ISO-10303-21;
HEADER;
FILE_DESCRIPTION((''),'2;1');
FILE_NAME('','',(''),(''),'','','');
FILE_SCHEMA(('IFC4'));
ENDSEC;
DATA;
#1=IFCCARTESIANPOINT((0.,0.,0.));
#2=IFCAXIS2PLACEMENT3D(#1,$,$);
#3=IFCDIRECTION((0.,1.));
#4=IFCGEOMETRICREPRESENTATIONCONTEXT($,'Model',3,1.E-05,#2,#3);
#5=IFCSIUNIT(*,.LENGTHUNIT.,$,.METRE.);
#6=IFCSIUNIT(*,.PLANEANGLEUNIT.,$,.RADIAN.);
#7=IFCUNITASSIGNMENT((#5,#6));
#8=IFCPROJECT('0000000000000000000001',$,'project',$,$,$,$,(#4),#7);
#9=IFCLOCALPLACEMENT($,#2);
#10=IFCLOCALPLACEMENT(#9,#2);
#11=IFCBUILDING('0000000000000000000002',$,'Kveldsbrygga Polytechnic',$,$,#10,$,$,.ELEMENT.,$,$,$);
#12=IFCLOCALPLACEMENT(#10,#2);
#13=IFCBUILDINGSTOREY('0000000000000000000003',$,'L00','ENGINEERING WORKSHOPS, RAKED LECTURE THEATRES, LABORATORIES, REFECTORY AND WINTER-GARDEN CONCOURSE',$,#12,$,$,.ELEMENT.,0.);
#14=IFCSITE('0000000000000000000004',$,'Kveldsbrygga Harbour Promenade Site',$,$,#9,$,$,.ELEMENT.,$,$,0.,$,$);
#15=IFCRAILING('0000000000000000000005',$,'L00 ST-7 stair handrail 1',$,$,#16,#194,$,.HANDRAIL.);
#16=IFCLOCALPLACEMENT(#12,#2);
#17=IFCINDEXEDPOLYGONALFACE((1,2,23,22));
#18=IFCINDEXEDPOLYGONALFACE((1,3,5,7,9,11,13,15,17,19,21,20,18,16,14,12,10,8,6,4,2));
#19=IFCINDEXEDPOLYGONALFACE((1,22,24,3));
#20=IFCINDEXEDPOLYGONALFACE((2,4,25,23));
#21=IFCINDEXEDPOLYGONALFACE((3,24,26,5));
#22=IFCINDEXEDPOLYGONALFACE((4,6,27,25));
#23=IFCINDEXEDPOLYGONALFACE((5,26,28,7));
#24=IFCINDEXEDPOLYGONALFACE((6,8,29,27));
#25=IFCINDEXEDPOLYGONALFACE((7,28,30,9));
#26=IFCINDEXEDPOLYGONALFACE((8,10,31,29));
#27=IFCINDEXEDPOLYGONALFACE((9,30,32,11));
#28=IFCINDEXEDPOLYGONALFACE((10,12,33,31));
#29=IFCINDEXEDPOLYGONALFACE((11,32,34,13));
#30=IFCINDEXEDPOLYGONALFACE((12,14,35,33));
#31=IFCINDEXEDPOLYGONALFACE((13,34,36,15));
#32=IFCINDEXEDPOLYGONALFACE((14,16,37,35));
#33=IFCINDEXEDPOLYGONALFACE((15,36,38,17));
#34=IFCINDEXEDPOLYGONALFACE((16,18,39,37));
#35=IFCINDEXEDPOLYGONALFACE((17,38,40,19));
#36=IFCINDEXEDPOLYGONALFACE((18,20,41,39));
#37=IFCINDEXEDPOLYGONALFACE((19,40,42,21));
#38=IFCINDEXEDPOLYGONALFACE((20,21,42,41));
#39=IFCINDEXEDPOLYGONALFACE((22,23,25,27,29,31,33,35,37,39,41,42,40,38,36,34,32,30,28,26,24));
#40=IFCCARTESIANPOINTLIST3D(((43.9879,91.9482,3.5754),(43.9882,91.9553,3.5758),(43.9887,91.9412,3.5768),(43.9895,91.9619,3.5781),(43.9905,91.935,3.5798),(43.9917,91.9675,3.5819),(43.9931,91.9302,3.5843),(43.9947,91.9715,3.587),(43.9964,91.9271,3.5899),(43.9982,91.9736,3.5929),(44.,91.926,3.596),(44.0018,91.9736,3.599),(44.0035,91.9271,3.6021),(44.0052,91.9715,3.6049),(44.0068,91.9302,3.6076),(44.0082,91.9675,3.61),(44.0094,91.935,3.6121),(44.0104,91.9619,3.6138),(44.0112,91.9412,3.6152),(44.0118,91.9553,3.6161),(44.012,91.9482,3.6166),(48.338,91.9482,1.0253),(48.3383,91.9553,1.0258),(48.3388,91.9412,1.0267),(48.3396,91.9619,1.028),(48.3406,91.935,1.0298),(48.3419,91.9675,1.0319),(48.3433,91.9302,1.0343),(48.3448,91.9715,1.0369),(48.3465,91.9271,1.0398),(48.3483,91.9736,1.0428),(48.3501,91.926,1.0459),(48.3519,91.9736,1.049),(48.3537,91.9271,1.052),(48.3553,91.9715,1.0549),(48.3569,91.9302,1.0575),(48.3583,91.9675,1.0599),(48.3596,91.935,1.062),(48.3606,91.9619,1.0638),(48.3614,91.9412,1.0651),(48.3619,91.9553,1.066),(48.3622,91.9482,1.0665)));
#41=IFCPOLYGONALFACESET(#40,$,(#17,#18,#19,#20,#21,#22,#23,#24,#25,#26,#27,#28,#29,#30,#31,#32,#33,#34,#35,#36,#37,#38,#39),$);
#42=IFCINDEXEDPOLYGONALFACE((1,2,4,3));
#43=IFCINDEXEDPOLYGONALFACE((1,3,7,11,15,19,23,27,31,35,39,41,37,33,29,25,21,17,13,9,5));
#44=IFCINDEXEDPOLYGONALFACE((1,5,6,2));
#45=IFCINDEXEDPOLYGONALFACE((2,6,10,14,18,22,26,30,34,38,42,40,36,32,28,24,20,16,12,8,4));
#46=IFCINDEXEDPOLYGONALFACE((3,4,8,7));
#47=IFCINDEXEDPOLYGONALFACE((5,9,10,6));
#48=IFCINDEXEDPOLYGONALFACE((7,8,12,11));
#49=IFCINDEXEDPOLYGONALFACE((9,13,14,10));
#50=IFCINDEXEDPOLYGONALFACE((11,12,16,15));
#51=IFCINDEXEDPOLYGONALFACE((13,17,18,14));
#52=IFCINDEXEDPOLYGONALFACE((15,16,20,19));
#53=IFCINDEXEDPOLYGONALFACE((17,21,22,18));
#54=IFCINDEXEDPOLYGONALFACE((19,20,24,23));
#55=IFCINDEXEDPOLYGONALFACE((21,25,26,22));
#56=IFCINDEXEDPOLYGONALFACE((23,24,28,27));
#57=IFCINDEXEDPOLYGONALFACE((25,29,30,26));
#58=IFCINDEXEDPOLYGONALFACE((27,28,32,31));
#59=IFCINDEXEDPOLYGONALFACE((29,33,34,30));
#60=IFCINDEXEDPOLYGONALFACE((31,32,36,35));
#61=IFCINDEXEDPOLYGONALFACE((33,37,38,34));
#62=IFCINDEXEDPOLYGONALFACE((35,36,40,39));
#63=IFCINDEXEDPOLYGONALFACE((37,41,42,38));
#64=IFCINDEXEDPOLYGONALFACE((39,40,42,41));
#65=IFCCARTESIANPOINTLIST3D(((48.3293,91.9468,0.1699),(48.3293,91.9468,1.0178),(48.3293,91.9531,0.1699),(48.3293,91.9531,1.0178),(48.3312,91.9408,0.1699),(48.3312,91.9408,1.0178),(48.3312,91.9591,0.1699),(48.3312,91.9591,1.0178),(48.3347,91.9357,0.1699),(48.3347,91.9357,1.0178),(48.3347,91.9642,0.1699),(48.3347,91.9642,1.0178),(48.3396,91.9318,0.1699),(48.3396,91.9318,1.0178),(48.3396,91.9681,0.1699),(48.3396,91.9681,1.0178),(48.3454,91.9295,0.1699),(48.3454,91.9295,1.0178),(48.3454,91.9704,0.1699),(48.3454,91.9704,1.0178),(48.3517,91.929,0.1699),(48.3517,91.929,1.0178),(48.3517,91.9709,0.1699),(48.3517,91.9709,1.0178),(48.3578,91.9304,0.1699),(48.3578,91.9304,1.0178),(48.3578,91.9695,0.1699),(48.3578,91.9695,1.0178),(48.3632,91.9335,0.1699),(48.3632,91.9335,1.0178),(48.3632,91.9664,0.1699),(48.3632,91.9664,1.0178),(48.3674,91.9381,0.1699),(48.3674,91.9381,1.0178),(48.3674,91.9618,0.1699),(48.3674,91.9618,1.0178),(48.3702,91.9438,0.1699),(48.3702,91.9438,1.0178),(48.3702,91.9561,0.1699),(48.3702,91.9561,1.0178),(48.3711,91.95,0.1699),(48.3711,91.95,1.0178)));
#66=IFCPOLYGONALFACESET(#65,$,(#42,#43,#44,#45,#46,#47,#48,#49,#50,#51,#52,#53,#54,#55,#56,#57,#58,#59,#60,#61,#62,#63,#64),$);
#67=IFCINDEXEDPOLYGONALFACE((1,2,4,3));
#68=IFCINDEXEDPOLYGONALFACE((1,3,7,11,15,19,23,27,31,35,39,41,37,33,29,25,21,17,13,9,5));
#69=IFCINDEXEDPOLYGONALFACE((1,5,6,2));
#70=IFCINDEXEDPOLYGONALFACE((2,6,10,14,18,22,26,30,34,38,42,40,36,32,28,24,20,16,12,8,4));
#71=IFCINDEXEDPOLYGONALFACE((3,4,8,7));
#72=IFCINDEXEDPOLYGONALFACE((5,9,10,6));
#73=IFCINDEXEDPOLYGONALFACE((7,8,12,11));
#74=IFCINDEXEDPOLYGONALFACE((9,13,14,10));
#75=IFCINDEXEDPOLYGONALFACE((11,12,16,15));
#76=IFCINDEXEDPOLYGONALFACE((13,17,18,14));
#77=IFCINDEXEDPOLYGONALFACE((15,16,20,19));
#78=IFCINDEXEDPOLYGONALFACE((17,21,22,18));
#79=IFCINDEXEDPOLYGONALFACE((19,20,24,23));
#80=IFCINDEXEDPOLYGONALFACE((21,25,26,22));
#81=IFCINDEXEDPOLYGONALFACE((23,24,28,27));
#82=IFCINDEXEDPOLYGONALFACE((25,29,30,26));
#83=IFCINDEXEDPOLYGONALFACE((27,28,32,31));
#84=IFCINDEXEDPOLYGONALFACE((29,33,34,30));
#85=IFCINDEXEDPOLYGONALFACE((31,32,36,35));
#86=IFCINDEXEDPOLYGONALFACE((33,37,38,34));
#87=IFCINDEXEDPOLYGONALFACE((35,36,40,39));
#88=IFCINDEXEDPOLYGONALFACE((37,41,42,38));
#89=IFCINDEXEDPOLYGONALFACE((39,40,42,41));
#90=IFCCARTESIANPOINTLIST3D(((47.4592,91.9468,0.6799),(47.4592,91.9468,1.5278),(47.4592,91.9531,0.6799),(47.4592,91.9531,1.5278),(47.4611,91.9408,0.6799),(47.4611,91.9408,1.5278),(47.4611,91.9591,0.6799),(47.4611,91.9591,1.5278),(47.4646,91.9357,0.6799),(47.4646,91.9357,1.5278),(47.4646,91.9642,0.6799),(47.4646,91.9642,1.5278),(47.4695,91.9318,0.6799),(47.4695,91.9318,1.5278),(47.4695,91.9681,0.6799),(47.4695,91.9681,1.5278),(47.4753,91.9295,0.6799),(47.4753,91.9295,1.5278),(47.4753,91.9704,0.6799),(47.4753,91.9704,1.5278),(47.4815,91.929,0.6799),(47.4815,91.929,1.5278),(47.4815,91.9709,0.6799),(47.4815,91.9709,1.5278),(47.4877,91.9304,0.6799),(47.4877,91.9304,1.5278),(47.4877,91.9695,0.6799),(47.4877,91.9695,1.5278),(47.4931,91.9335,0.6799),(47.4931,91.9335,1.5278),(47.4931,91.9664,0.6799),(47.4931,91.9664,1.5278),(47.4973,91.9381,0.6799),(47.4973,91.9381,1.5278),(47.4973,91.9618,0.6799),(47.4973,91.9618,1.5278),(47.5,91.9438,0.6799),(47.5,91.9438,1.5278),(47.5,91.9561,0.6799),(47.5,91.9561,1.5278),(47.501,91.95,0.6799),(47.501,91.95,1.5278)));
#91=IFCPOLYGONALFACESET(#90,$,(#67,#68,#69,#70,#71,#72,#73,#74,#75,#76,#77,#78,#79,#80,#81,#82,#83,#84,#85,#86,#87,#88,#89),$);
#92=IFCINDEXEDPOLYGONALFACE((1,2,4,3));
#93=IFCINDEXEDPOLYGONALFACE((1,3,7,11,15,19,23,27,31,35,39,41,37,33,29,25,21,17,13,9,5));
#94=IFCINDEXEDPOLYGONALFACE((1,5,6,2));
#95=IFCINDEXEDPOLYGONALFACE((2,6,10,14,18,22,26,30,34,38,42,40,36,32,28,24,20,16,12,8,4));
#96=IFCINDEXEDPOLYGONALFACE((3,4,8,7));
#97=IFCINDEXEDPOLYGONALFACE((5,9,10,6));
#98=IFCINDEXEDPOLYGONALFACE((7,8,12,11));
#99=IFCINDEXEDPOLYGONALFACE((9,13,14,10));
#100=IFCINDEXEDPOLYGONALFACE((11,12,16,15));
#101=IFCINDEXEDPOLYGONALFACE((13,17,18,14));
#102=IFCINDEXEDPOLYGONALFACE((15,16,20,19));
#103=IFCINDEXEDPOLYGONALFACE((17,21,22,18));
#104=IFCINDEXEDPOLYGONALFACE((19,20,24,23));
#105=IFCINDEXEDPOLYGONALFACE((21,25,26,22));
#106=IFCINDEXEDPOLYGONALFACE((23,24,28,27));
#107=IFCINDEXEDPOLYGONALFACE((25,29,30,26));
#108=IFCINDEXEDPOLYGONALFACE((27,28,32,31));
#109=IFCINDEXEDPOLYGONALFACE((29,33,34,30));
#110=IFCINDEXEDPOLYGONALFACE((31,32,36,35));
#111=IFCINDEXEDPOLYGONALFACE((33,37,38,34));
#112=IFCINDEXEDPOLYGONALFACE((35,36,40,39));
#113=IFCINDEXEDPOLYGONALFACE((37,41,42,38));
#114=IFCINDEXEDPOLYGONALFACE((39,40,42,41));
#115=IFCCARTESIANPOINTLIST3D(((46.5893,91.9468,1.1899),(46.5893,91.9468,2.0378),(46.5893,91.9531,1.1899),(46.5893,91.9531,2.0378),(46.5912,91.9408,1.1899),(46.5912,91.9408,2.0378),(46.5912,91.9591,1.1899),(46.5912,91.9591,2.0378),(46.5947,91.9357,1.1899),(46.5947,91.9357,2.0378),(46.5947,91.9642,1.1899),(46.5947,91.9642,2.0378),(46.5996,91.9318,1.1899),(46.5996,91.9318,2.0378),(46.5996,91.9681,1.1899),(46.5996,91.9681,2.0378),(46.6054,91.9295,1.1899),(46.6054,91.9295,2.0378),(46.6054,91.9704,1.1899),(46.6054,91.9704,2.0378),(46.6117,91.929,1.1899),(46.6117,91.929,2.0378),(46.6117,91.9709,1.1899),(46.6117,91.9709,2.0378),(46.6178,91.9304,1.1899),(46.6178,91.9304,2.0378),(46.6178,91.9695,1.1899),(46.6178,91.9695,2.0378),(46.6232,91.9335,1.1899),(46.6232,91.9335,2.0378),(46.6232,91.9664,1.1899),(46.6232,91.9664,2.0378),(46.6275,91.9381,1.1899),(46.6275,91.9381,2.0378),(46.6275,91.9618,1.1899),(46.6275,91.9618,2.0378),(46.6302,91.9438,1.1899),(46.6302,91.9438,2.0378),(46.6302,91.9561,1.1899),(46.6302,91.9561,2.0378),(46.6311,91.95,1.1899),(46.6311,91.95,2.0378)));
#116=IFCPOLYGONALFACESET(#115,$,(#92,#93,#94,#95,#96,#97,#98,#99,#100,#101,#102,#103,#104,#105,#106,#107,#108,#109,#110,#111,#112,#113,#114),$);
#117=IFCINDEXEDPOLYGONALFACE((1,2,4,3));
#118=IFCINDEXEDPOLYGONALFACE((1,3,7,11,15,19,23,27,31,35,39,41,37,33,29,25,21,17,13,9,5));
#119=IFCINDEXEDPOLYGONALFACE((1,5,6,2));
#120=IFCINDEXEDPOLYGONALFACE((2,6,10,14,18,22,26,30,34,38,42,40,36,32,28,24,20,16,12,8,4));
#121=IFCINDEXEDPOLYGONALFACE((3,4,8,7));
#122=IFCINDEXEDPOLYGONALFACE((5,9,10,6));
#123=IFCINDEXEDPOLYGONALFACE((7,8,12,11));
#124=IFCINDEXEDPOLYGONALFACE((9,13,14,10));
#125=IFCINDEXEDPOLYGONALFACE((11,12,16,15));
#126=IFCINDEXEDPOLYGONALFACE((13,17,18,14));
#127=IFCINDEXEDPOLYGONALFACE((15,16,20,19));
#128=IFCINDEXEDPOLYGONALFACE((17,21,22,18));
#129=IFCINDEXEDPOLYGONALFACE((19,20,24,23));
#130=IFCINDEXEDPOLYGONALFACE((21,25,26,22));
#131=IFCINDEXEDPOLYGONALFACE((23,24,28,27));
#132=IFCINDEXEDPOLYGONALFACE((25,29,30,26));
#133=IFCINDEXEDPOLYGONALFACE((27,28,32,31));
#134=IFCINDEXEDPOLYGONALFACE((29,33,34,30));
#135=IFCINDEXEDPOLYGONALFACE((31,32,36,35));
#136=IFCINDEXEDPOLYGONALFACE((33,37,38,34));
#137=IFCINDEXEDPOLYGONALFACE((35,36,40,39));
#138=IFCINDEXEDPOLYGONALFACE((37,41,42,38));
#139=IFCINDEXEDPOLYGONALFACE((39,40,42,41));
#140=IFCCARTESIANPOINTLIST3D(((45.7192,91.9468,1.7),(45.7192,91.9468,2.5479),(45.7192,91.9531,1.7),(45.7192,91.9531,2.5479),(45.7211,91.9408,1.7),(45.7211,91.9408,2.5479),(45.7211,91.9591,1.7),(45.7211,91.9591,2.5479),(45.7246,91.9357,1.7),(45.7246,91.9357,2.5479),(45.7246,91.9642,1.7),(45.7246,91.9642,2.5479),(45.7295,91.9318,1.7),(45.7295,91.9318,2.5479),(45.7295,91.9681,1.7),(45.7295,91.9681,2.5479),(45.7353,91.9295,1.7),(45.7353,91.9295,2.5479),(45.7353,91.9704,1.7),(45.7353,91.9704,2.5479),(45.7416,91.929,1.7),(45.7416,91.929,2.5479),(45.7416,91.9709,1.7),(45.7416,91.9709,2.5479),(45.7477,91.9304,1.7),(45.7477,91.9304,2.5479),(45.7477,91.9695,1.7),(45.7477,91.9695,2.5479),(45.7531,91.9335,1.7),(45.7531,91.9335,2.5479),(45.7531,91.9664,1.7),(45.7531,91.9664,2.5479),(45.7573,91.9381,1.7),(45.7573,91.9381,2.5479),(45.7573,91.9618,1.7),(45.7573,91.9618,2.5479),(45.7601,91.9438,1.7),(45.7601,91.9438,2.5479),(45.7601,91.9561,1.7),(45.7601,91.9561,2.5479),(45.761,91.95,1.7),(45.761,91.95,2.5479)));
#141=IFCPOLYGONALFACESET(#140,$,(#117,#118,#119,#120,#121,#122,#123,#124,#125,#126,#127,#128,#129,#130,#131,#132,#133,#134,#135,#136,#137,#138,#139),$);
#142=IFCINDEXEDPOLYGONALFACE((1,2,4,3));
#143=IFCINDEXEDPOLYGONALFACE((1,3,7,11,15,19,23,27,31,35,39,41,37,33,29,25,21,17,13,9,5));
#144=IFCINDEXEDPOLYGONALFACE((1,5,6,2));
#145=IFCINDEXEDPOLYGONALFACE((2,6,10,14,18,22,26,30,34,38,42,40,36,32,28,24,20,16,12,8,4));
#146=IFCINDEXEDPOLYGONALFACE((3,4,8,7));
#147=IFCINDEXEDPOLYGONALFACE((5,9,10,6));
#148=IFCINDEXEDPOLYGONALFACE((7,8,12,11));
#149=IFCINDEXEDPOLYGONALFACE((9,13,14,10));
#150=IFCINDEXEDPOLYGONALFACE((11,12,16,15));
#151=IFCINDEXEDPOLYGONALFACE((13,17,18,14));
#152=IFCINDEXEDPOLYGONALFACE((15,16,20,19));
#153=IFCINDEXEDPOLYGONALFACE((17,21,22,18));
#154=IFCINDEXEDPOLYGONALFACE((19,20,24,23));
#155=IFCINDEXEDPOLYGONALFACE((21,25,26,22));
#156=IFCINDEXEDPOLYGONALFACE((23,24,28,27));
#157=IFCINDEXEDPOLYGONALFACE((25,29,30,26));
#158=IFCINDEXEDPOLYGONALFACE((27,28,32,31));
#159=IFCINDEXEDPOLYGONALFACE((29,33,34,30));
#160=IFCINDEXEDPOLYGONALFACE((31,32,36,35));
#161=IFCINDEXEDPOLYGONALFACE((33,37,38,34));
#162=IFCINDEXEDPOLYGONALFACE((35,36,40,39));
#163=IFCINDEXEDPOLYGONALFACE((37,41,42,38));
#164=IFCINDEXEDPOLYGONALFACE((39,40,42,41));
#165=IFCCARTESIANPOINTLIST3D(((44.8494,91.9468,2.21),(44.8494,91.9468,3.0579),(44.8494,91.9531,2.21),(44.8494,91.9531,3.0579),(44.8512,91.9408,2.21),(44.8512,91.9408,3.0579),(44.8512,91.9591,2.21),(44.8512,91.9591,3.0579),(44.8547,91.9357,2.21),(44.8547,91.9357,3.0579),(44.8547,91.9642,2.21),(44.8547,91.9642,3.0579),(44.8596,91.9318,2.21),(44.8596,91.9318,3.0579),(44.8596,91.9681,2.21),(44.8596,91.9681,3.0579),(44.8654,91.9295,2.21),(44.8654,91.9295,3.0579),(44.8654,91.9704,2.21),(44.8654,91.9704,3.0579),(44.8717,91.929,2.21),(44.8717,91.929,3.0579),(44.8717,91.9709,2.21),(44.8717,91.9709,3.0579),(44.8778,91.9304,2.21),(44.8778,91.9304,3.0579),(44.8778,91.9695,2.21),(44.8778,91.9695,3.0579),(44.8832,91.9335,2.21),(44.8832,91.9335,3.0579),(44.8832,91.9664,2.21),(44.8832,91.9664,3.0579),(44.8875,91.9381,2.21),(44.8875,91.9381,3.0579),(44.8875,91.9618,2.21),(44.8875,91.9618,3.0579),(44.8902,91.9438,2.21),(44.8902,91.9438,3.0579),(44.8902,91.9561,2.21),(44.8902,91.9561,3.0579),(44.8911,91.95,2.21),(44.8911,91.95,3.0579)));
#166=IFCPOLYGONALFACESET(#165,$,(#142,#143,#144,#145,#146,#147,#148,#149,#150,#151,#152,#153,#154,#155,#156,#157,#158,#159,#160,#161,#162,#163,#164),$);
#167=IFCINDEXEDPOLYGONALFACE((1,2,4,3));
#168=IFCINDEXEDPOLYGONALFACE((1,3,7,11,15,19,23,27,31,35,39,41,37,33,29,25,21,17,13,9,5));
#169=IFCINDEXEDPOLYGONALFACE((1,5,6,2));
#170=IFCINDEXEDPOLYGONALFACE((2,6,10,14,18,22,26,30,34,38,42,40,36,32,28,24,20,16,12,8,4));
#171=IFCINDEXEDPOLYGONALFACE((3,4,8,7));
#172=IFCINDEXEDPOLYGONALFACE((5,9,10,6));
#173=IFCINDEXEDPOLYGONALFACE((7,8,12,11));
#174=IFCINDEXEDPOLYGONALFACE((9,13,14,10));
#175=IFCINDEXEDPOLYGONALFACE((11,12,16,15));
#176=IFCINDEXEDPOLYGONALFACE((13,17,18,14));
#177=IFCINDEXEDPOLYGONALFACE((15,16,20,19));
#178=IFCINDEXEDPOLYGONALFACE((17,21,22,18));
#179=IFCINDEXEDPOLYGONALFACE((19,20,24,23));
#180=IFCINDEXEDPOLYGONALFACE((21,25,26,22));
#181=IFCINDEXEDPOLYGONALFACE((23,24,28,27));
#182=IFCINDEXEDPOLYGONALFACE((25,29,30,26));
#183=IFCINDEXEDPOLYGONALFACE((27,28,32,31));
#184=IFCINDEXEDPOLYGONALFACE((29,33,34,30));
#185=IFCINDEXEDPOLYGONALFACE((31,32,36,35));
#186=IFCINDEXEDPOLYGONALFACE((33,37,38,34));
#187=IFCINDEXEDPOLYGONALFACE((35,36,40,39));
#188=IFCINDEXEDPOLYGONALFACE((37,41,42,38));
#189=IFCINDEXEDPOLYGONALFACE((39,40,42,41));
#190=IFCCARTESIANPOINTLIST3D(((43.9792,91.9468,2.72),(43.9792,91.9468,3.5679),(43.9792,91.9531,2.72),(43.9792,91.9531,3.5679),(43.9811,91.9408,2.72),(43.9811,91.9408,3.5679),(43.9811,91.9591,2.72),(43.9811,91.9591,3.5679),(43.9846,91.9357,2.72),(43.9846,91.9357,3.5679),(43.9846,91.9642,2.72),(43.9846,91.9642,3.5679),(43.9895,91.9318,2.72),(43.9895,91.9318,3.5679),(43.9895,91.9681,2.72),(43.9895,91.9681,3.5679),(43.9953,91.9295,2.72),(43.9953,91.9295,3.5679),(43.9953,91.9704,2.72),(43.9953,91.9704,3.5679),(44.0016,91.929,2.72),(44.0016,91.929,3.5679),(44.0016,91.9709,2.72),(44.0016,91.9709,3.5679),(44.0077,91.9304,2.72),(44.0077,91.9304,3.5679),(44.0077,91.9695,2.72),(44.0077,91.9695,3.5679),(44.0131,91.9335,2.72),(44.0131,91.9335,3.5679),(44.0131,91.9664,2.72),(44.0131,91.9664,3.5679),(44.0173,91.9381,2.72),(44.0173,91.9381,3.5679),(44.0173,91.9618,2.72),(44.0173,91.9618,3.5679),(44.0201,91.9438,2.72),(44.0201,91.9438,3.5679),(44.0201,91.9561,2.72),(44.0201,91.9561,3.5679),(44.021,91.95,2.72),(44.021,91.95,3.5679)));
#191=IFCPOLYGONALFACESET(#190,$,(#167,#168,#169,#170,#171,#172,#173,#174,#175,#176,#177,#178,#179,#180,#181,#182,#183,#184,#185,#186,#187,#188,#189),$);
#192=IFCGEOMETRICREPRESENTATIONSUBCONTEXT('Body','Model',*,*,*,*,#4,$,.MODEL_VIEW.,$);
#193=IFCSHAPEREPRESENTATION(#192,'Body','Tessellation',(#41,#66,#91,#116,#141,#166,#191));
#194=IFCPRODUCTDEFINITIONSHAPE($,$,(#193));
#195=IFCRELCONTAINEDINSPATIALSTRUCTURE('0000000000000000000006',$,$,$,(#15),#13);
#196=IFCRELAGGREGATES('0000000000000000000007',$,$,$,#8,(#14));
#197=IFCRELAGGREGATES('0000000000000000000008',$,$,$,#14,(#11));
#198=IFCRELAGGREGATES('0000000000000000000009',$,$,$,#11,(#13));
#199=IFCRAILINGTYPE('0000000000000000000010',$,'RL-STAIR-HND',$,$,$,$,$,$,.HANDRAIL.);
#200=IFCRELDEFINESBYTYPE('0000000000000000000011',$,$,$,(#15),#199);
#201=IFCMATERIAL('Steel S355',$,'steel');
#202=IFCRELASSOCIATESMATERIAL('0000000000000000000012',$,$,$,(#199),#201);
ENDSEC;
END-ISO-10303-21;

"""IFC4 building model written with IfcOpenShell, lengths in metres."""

from ifc_helpers import new_model, si_unit, direction, frame, origin, origin_2d, place, context, subcontext, project, spatial, circle, extrude, material, type_object, element, save


model = new_model("IFC4")

# Units and contexts
model_context = context("Model", 3, precision=1e-05, world=origin(), true_north=direction((0.0, 1.0)))
body_context = subcontext(model_context, "Body", "Model", "MODEL_VIEW")
ifc_project = project(units=[si_unit("LENGTHUNIT", "METRE"), si_unit("PLANEANGLEUNIT", "RADIAN")], contexts=[model_context])

# Site, building, storey
site_placement = place(None, origin())
site = spatial("IfcSite", under=ifc_project, at=site_placement, Name="Kveldsbrygga Harbour Promenade Site", CompositionType="ELEMENT", RefElevation=0.0)
building_placement = place(site_placement, origin())
building = spatial("IfcBuilding", under=site, at=building_placement, Name="Kveldsbrygga Polytechnic", CompositionType="ELEMENT")
storey_placement = place(building_placement, origin())
storey = spatial("IfcBuildingStorey", under=building, at=storey_placement, Name="L00", Description="ENGINEERING WORKSHOPS, RAKED LECTURE THEATRES, LABORATORIES, REFECTORY AND WINTER-GARDEN CONCOURSE", CompositionType="ELEMENT", Elevation=0.0)

# Railing
ifc_material_1 = material(Name="Steel S355", Category="steel")
railing_type_1 = type_object("IfcRailingType", Name="RL-STAIR-HND", PredefinedType="HANDRAIL", material=ifc_material_1)
railing_1_placement = place(storey_placement, frame((48.3501, 91.95, 0.1699)))
element("IfcRailing", 1, at=railing_1_placement, inside=storey, type_object=railing_type_1, Name="L00 ST-7 stair handrail 1", PredefinedType="HANDRAIL", context=body_context, shape_type="SweptSolid", body=[
    extrude(circle(Radius=0.0239, at=origin_2d()), frame((0.0, 0.0, 0.876), z_axis=(-0.862699, 0.0, 0.505718), x_axis=(0.0, -1.0, 0.0)), (0.0, 0.0, 1.0), 5.0425),
    extrude(circle(Radius=0.021, at=origin_2d()), origin(), (0.0, 0.0, 1.0), 0.8479),
    extrude(circle(Radius=0.021, at=origin_2d()), frame((-0.8701, 0.0, 0.51)), (0.0, 0.0, 1.0), 0.8479),
    extrude(circle(Radius=0.021, at=origin_2d()), frame((-1.74, 0.0, 1.02)), (0.0, 0.0, 1.0), 0.8479),
    extrude(circle(Radius=0.021, at=origin_2d()), frame((-2.6101, 0.0, 1.53)), (0.0, 0.0, 1.0), 0.8479),
    extrude(circle(Radius=0.021, at=origin_2d()), frame((-3.48, 0.0, 2.04)), (0.0, 0.0, 1.0), 0.8479),
    extrude(circle(Radius=0.021, at=origin_2d()), frame((-4.3501, 0.0, 2.55)), (0.0, 0.0, 1.0), 0.8479),
])

save(model, "model.ifc")
